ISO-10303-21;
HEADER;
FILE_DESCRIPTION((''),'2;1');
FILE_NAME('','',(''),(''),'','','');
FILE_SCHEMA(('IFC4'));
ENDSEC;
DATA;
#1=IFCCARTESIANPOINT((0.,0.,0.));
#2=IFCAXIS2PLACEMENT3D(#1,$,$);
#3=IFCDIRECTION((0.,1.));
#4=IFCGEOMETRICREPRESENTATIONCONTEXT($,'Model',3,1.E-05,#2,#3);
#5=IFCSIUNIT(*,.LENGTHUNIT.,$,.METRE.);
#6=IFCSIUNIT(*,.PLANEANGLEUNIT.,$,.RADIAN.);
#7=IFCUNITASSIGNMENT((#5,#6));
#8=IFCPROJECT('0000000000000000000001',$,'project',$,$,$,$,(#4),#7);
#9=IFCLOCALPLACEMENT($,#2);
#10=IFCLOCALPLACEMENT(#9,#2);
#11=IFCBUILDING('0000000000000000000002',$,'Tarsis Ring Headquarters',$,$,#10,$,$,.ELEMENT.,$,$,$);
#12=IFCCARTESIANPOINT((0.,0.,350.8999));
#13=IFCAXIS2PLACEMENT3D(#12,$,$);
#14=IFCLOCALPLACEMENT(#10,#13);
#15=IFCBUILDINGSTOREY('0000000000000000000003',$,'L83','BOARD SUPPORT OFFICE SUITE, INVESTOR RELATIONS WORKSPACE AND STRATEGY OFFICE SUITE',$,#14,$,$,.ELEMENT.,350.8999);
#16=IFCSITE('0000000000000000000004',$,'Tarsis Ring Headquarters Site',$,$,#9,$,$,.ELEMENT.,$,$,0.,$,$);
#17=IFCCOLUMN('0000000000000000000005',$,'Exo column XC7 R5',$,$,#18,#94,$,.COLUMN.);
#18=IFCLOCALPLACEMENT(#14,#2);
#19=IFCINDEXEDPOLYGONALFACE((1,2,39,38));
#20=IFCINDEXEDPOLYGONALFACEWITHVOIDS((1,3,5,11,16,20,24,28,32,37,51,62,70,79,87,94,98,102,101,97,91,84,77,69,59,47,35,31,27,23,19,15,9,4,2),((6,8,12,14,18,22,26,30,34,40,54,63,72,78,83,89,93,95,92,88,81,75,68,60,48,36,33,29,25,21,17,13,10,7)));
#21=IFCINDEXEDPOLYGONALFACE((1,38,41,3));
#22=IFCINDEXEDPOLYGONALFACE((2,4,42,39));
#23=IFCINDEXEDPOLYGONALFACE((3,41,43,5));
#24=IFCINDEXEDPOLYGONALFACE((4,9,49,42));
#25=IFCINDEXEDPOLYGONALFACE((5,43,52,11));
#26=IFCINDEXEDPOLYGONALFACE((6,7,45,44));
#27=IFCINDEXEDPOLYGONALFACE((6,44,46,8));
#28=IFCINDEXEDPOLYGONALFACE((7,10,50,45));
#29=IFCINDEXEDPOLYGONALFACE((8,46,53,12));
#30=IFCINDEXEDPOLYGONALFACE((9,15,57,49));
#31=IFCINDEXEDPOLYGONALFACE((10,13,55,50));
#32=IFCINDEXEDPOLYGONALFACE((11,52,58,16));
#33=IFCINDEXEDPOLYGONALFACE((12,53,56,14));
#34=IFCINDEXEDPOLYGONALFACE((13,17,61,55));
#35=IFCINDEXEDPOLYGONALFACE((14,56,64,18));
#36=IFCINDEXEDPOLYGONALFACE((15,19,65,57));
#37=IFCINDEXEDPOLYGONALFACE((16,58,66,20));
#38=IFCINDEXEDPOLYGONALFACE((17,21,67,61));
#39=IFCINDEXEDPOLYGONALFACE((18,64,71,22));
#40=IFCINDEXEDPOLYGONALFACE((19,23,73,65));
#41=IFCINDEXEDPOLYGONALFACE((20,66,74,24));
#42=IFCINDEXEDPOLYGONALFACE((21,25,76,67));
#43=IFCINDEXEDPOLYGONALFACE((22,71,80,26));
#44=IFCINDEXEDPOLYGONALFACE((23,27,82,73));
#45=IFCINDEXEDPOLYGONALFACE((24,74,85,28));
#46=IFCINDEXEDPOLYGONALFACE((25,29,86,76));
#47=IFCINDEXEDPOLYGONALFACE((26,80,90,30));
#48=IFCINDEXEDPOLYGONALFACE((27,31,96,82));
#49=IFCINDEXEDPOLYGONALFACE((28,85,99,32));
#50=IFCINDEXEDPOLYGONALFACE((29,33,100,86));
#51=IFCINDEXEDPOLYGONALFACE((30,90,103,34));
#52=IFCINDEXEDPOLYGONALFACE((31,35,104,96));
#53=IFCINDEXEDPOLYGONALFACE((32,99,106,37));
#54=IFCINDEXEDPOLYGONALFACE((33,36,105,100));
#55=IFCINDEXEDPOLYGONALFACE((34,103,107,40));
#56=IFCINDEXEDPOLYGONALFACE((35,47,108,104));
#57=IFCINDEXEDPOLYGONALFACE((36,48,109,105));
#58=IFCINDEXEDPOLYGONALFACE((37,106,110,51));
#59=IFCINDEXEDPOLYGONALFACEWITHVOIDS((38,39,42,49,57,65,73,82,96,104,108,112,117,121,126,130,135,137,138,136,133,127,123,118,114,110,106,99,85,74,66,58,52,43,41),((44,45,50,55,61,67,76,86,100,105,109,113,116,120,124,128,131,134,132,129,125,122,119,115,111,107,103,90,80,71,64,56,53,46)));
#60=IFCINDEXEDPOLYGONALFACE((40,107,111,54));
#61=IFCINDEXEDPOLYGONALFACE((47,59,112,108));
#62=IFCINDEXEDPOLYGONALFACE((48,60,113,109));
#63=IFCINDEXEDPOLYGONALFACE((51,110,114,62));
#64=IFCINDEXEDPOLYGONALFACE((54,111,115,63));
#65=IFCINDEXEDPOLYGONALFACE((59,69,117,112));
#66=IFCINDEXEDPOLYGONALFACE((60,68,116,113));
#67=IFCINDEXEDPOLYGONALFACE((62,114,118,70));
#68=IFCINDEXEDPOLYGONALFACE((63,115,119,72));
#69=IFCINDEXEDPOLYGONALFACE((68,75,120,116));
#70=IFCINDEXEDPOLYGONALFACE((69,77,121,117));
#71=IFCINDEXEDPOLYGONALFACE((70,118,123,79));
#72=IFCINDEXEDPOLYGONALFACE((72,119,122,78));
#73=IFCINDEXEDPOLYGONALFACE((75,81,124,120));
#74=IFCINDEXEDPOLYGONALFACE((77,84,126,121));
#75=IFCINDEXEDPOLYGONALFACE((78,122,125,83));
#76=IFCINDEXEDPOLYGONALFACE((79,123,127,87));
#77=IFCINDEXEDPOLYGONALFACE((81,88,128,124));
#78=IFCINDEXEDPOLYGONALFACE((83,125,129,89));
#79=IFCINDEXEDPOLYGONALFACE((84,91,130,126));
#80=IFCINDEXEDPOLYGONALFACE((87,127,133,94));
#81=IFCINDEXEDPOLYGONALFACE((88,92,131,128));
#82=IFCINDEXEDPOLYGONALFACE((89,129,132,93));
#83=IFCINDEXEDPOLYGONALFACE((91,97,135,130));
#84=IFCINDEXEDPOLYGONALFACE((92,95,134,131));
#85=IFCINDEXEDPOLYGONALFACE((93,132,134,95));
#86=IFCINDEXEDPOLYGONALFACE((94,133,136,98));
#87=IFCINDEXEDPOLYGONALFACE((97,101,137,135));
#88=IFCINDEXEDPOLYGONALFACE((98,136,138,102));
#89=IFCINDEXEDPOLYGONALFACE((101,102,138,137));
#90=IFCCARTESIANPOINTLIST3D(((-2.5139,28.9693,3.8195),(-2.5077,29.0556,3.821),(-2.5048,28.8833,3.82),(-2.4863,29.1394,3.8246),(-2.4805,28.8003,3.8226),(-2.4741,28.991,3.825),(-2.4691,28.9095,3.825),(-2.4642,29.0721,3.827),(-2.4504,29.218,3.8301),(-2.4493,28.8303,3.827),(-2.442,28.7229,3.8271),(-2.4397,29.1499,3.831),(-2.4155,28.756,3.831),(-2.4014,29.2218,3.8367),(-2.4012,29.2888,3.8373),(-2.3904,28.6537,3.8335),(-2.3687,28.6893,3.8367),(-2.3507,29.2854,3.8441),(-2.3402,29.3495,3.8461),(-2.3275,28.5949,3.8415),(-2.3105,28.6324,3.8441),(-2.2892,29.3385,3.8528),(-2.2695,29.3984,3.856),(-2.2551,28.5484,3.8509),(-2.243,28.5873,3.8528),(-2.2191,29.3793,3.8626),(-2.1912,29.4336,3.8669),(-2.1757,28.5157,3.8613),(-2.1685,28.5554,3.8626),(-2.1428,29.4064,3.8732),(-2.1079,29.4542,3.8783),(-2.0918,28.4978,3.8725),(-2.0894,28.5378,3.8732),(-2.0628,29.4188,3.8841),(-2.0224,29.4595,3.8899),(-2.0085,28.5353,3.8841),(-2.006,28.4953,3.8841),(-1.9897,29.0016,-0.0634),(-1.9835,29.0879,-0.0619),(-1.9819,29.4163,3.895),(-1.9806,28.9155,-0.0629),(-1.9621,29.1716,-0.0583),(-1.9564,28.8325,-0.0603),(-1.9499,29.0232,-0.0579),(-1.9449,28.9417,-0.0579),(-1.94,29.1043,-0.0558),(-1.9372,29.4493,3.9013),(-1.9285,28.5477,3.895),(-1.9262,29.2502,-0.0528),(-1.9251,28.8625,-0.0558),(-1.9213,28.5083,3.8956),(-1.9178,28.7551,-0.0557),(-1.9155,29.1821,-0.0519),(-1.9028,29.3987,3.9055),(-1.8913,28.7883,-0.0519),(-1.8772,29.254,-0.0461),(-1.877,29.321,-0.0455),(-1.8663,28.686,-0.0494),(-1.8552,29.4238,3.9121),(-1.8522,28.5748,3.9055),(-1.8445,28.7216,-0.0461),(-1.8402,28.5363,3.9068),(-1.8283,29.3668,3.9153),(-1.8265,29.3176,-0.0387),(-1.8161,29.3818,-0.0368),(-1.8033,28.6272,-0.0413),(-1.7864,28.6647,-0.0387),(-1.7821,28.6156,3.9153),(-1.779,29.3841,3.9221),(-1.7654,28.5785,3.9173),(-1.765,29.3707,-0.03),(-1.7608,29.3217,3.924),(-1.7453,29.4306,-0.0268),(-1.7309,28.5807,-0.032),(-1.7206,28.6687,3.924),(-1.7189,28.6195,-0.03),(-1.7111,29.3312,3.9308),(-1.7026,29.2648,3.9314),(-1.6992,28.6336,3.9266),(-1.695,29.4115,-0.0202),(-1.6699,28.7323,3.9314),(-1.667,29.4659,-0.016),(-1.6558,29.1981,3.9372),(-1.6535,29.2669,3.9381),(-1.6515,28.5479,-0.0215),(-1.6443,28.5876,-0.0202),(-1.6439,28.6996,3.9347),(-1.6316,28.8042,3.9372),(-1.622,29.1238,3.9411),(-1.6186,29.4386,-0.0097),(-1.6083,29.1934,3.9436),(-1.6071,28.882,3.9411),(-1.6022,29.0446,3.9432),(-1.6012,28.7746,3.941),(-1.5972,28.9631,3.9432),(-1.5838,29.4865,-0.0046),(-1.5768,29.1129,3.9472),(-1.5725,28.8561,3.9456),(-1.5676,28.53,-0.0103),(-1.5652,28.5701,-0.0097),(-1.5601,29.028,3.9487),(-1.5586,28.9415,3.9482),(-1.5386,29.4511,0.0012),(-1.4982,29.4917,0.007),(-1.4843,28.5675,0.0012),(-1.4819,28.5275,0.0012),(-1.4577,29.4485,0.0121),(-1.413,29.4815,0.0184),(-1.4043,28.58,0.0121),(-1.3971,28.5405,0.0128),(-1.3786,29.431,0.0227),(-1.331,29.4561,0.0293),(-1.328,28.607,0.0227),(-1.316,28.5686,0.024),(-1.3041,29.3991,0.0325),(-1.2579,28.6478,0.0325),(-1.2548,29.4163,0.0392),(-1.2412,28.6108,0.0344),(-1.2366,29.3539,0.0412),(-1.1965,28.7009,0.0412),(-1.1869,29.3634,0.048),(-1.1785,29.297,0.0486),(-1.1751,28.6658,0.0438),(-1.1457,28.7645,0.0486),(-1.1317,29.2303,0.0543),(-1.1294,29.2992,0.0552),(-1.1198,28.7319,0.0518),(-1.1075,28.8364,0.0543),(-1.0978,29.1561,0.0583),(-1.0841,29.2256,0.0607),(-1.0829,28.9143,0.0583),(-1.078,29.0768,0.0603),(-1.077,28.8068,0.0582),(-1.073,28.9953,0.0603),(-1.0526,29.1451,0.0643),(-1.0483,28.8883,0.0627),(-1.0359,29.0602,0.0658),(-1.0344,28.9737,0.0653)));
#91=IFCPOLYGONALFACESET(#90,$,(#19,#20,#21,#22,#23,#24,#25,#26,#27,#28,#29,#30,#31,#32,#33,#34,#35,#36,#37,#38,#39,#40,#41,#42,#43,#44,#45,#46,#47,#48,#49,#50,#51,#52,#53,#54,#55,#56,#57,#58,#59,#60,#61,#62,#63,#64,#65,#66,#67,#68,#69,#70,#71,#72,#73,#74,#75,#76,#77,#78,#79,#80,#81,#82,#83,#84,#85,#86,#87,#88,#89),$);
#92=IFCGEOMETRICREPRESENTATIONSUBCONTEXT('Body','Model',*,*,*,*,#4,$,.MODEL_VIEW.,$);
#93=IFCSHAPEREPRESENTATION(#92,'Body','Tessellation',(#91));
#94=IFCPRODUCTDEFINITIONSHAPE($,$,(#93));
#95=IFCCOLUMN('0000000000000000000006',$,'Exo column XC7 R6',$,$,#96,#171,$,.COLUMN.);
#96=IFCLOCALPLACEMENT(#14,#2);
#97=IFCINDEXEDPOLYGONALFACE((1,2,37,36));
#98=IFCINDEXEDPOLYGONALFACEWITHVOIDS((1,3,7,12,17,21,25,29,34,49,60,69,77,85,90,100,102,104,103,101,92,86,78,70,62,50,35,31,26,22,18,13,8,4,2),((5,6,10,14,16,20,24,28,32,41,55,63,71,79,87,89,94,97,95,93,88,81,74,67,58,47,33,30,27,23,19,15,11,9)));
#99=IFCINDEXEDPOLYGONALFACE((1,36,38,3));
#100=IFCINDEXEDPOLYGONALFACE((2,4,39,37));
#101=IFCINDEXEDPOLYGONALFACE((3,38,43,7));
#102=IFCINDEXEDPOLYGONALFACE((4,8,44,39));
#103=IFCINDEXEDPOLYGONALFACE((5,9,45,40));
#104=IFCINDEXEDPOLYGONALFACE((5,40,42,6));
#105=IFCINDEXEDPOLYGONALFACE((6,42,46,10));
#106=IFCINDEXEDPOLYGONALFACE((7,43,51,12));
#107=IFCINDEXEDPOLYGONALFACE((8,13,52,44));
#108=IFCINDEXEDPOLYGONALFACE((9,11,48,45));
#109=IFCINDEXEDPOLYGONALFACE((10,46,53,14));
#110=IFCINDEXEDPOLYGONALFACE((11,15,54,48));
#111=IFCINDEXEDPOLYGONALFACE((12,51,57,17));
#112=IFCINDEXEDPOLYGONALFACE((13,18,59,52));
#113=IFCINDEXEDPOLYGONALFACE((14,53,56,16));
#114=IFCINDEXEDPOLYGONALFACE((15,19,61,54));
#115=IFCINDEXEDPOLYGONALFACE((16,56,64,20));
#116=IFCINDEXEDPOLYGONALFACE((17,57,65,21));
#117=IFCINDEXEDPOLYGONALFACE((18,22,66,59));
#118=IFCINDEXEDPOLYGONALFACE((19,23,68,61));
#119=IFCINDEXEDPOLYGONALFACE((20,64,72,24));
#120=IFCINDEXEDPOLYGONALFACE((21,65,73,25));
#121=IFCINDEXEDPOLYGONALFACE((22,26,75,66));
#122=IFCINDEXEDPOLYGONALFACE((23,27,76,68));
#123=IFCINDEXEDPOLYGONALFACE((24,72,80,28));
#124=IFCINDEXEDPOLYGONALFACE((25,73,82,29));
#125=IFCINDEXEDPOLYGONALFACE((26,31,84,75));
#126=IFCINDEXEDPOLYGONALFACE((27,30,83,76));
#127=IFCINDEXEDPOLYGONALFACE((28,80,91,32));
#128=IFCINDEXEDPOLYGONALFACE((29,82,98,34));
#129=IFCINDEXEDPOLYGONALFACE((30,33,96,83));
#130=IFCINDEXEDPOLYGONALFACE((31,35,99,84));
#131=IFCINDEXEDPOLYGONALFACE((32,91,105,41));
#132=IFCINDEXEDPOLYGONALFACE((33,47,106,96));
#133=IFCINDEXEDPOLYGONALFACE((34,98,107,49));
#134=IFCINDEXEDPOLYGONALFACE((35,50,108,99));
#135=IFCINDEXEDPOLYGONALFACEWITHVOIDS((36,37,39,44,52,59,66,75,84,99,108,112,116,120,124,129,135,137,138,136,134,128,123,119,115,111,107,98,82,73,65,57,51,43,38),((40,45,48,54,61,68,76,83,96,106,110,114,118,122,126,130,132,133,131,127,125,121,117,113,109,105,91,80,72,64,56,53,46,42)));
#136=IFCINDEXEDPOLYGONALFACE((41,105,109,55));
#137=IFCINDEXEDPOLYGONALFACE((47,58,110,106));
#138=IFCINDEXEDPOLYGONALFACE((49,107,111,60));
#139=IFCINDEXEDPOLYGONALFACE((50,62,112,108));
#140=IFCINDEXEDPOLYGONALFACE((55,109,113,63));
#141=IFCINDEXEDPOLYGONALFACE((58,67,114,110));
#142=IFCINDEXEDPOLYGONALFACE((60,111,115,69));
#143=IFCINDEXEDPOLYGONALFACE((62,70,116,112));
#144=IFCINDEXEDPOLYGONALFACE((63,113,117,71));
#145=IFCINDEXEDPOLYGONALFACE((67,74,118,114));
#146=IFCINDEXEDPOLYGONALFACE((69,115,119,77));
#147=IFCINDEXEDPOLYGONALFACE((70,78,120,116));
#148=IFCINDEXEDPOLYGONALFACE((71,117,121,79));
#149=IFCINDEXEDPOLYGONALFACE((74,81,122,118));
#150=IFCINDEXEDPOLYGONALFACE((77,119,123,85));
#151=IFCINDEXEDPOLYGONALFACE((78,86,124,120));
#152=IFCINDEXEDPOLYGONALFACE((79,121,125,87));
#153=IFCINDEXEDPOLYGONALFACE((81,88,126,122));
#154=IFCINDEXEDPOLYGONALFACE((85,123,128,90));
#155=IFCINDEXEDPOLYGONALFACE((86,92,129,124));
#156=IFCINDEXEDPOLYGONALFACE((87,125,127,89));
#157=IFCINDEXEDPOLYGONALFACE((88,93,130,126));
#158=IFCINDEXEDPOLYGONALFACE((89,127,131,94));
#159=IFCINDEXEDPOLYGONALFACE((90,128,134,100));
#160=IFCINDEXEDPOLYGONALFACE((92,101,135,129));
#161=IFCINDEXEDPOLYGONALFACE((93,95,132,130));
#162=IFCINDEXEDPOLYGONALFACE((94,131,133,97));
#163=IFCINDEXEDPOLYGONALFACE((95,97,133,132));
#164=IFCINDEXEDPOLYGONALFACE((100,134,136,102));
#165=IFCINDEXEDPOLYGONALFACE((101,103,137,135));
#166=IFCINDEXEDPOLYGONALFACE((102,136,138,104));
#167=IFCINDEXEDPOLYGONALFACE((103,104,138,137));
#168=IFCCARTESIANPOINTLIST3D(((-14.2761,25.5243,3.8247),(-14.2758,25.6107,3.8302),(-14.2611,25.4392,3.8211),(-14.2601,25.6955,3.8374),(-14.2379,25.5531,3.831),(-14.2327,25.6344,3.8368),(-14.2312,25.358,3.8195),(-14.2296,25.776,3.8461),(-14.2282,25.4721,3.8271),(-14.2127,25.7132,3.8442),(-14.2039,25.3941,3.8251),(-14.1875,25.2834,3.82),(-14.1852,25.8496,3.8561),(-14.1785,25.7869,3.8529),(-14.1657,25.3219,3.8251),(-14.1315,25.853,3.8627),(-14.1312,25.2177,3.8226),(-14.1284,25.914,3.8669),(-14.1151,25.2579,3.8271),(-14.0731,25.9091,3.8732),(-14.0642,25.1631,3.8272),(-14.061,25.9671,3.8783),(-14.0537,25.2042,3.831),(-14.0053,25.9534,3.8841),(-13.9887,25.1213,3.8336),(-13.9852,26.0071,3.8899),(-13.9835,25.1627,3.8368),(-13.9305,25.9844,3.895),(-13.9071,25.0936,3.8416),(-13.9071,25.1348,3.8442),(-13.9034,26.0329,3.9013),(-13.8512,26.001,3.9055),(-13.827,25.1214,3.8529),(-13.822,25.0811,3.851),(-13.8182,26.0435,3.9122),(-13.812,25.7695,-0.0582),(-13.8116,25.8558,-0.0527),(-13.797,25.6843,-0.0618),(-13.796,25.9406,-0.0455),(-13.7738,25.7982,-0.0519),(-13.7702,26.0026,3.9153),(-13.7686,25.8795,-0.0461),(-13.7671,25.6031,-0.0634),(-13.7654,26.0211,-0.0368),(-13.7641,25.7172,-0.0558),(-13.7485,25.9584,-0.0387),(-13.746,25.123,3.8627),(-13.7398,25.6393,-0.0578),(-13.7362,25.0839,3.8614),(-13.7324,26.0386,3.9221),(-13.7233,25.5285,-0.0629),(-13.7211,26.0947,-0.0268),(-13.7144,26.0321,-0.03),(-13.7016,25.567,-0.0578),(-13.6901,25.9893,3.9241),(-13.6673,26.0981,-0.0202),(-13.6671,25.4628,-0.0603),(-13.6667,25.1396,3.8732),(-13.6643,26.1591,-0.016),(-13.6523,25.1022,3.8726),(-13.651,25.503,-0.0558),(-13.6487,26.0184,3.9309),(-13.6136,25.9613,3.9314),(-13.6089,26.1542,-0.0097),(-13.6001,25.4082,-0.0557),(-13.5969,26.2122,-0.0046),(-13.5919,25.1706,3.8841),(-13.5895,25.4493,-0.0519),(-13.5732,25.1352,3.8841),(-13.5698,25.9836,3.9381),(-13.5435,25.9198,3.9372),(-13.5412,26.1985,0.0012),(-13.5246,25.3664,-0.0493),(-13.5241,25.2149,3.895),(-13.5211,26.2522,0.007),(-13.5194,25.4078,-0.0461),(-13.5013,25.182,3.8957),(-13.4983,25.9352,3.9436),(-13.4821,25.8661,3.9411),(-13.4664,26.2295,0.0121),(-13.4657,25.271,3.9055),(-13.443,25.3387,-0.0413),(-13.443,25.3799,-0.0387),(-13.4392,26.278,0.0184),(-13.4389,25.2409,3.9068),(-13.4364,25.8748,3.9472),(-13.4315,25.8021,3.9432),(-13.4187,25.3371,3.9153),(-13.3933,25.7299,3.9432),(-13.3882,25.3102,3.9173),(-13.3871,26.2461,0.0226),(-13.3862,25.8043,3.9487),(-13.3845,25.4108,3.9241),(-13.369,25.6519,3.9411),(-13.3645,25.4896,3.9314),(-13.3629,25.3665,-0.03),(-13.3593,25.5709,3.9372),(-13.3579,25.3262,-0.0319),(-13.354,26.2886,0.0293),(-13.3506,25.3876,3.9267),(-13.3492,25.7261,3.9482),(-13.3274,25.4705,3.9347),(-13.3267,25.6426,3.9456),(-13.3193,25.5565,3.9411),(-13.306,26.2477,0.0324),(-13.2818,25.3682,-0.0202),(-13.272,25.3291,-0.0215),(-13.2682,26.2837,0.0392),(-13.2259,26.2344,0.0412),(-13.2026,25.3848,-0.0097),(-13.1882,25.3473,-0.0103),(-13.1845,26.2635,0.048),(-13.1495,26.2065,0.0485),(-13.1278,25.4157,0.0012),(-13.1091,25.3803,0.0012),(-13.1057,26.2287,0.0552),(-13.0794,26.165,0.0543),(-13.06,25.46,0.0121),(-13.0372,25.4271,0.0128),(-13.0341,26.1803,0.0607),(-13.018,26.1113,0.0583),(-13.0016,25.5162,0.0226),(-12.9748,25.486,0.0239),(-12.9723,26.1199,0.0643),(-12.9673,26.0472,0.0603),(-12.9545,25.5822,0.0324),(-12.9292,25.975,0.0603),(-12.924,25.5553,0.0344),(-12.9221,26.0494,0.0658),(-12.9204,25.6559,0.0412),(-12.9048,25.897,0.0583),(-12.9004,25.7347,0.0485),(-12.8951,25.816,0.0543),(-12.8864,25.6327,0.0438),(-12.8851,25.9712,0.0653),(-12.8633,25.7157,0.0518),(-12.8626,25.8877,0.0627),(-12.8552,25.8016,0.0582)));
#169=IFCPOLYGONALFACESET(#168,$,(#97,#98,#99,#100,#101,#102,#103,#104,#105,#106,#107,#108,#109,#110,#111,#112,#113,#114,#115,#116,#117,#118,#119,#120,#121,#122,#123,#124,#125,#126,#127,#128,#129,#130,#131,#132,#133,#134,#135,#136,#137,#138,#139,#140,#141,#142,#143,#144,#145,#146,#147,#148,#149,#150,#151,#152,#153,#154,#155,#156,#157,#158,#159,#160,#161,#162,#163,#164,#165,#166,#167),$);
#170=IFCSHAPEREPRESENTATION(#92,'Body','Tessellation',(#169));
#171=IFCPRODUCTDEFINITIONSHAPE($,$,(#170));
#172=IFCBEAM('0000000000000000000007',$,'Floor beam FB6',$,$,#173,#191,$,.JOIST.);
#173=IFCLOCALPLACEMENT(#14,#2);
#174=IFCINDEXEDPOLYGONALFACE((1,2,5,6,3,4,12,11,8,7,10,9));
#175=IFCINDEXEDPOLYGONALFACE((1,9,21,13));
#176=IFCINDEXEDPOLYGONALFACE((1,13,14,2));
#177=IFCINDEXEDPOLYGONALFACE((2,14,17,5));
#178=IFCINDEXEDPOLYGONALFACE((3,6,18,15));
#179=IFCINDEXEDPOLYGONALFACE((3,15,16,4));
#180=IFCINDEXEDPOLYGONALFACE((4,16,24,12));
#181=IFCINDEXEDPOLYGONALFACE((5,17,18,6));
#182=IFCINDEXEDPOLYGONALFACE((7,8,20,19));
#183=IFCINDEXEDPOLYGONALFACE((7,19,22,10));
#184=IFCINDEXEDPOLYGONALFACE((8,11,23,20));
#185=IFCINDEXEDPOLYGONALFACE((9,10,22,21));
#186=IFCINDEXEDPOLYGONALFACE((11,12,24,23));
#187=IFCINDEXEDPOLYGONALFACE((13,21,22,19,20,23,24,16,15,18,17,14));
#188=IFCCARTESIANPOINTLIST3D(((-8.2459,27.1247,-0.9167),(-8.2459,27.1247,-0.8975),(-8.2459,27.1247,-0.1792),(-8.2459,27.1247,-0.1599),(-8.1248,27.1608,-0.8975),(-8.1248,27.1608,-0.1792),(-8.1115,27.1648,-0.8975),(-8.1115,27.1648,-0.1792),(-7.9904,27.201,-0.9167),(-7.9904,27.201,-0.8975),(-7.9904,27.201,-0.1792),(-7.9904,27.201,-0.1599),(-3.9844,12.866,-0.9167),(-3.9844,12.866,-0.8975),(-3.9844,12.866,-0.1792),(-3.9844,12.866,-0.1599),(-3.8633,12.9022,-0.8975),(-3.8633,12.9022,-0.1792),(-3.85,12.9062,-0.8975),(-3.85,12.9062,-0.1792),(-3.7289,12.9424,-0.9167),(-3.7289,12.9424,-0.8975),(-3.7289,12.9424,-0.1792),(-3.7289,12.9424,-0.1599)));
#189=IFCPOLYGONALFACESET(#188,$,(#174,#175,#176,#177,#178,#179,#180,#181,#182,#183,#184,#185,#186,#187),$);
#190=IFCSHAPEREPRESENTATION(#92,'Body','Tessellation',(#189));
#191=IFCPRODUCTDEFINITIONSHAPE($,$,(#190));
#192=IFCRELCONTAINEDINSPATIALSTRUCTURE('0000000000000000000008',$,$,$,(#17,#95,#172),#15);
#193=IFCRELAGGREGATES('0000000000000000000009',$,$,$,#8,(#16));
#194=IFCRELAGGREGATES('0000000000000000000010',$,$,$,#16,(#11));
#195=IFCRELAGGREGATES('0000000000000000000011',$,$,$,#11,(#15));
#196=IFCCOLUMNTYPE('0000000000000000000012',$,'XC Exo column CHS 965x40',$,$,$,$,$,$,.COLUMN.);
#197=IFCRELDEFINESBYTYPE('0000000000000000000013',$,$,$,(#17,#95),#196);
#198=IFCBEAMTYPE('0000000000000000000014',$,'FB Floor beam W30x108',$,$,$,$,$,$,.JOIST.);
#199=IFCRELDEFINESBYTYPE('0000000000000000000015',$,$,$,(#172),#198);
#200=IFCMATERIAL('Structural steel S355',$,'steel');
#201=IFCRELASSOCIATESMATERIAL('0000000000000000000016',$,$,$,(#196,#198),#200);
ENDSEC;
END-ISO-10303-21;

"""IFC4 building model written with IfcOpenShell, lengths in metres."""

from ifc_helpers import new_model, si_unit, direction, frame, origin, origin_2d, place, context, subcontext, project, spatial, hollow_circle, i_section, extrude, material, material_profile, profile_set, type_object, element, save


model = new_model("IFC4")

# Units and contexts
model_context = context("Model", 3, precision=1e-05, world=origin(), true_north=direction((0.0, 1.0)))
body_context = subcontext(model_context, "Body", "Model", "MODEL_VIEW")
ifc_project = project(units=[si_unit("LENGTHUNIT", "METRE"), si_unit("PLANEANGLEUNIT", "RADIAN")], contexts=[model_context])

# Site, building, storey
site_placement = place(None, origin())
site = spatial("IfcSite", under=ifc_project, at=site_placement, Name="Tarsis Ring Headquarters Site", CompositionType="ELEMENT", RefElevation=0.0)
building_placement = place(site_placement, origin())
building = spatial("IfcBuilding", under=site, at=building_placement, Name="Tarsis Ring Headquarters", CompositionType="ELEMENT")
storey_placement = place(building_placement, frame((0.0, 0.0, 350.8999)))
storey = spatial("IfcBuildingStorey", under=building, at=storey_placement, Name="L83", Description="BOARD SUPPORT OFFICE SUITE, INVESTOR RELATIONS WORKSPACE AND STRATEGY OFFICE SUITE", CompositionType="ELEMENT", Elevation=350.8999)

# Columns
ifc_material_1 = material(Name="Structural steel S355", Category="steel")
ifc_material_profile_1 = material_profile(ifc_material_1, hollow_circle(Radius=0.4827, WallThickness=0.04, at=origin_2d()), Name="CHS 965x40")
ifc_profile_set_1 = profile_set([ifc_material_profile_1], Name="Structural steel S355")
column_type = type_object("IfcColumnType", Name="XC Exo column CHS 965x40", PredefinedType="COLUMN", material=ifc_profile_set_1)
for number, where, z_axis, x_axis, name in (
    (1, (-1.5115, 29.0093, 0.0012), (-0.133779, -0.008225, 0.990977), (0.061365, -0.998115, 0.0), "Exo column XC7 R5"),
    (2, (-13.3345, 25.8071, 0.0012), (-0.118452, -0.06256, 0.990987), (0.467011, -0.884251, 0.0), "Exo column XC7 R6"),
):
    element("IfcColumn", number, at=place(storey_placement, frame(where, z_axis=z_axis, x_axis=x_axis)), inside=storey, type_object=column_type, Name=name, PredefinedType="COLUMN", context=body_context, shape_type="SweptSolid", body=[
        extrude(hollow_circle(Radius=0.4827, WallThickness=0.04, at=origin_2d()), origin(), (0.0, 0.0, 1.0), 3.9182),
    ])

# Beam
ifc_material_profile_2 = material_profile(ifc_material_1, i_section(OverallWidth=0.2666, OverallDepth=0.7568, WebThickness=0.0139, FlangeThickness=0.0193, at=origin_2d()), Name="W30x108")
ifc_profile_set_2 = profile_set([ifc_material_profile_2], Name="Structural steel S355")
beam_type_1 = type_object("IfcBeamType", Name="FB Floor beam W30x108", PredefinedType="JOIST", material=ifc_profile_set_2)
beam_1_placement = place(storey_placement, frame((-8.1182, 27.1628, -0.5383), z_axis=(0.286356, -0.958123, 0.0), x_axis=(0.958123, 0.286356, 0.0)))
element("IfcBeam", 3, at=beam_1_placement, inside=storey, type_object=beam_type_1, Name="Floor beam FB6", PredefinedType="JOIST", context=body_context, shape_type="SweptSolid", body=[
    extrude(i_section(OverallWidth=0.2666, OverallDepth=0.7568, WebThickness=0.0139, FlangeThickness=0.0193, at=origin_2d()), origin(), (0.0, 0.0, 1.0), 14.8818),
])

save(model, "model.ifc")
